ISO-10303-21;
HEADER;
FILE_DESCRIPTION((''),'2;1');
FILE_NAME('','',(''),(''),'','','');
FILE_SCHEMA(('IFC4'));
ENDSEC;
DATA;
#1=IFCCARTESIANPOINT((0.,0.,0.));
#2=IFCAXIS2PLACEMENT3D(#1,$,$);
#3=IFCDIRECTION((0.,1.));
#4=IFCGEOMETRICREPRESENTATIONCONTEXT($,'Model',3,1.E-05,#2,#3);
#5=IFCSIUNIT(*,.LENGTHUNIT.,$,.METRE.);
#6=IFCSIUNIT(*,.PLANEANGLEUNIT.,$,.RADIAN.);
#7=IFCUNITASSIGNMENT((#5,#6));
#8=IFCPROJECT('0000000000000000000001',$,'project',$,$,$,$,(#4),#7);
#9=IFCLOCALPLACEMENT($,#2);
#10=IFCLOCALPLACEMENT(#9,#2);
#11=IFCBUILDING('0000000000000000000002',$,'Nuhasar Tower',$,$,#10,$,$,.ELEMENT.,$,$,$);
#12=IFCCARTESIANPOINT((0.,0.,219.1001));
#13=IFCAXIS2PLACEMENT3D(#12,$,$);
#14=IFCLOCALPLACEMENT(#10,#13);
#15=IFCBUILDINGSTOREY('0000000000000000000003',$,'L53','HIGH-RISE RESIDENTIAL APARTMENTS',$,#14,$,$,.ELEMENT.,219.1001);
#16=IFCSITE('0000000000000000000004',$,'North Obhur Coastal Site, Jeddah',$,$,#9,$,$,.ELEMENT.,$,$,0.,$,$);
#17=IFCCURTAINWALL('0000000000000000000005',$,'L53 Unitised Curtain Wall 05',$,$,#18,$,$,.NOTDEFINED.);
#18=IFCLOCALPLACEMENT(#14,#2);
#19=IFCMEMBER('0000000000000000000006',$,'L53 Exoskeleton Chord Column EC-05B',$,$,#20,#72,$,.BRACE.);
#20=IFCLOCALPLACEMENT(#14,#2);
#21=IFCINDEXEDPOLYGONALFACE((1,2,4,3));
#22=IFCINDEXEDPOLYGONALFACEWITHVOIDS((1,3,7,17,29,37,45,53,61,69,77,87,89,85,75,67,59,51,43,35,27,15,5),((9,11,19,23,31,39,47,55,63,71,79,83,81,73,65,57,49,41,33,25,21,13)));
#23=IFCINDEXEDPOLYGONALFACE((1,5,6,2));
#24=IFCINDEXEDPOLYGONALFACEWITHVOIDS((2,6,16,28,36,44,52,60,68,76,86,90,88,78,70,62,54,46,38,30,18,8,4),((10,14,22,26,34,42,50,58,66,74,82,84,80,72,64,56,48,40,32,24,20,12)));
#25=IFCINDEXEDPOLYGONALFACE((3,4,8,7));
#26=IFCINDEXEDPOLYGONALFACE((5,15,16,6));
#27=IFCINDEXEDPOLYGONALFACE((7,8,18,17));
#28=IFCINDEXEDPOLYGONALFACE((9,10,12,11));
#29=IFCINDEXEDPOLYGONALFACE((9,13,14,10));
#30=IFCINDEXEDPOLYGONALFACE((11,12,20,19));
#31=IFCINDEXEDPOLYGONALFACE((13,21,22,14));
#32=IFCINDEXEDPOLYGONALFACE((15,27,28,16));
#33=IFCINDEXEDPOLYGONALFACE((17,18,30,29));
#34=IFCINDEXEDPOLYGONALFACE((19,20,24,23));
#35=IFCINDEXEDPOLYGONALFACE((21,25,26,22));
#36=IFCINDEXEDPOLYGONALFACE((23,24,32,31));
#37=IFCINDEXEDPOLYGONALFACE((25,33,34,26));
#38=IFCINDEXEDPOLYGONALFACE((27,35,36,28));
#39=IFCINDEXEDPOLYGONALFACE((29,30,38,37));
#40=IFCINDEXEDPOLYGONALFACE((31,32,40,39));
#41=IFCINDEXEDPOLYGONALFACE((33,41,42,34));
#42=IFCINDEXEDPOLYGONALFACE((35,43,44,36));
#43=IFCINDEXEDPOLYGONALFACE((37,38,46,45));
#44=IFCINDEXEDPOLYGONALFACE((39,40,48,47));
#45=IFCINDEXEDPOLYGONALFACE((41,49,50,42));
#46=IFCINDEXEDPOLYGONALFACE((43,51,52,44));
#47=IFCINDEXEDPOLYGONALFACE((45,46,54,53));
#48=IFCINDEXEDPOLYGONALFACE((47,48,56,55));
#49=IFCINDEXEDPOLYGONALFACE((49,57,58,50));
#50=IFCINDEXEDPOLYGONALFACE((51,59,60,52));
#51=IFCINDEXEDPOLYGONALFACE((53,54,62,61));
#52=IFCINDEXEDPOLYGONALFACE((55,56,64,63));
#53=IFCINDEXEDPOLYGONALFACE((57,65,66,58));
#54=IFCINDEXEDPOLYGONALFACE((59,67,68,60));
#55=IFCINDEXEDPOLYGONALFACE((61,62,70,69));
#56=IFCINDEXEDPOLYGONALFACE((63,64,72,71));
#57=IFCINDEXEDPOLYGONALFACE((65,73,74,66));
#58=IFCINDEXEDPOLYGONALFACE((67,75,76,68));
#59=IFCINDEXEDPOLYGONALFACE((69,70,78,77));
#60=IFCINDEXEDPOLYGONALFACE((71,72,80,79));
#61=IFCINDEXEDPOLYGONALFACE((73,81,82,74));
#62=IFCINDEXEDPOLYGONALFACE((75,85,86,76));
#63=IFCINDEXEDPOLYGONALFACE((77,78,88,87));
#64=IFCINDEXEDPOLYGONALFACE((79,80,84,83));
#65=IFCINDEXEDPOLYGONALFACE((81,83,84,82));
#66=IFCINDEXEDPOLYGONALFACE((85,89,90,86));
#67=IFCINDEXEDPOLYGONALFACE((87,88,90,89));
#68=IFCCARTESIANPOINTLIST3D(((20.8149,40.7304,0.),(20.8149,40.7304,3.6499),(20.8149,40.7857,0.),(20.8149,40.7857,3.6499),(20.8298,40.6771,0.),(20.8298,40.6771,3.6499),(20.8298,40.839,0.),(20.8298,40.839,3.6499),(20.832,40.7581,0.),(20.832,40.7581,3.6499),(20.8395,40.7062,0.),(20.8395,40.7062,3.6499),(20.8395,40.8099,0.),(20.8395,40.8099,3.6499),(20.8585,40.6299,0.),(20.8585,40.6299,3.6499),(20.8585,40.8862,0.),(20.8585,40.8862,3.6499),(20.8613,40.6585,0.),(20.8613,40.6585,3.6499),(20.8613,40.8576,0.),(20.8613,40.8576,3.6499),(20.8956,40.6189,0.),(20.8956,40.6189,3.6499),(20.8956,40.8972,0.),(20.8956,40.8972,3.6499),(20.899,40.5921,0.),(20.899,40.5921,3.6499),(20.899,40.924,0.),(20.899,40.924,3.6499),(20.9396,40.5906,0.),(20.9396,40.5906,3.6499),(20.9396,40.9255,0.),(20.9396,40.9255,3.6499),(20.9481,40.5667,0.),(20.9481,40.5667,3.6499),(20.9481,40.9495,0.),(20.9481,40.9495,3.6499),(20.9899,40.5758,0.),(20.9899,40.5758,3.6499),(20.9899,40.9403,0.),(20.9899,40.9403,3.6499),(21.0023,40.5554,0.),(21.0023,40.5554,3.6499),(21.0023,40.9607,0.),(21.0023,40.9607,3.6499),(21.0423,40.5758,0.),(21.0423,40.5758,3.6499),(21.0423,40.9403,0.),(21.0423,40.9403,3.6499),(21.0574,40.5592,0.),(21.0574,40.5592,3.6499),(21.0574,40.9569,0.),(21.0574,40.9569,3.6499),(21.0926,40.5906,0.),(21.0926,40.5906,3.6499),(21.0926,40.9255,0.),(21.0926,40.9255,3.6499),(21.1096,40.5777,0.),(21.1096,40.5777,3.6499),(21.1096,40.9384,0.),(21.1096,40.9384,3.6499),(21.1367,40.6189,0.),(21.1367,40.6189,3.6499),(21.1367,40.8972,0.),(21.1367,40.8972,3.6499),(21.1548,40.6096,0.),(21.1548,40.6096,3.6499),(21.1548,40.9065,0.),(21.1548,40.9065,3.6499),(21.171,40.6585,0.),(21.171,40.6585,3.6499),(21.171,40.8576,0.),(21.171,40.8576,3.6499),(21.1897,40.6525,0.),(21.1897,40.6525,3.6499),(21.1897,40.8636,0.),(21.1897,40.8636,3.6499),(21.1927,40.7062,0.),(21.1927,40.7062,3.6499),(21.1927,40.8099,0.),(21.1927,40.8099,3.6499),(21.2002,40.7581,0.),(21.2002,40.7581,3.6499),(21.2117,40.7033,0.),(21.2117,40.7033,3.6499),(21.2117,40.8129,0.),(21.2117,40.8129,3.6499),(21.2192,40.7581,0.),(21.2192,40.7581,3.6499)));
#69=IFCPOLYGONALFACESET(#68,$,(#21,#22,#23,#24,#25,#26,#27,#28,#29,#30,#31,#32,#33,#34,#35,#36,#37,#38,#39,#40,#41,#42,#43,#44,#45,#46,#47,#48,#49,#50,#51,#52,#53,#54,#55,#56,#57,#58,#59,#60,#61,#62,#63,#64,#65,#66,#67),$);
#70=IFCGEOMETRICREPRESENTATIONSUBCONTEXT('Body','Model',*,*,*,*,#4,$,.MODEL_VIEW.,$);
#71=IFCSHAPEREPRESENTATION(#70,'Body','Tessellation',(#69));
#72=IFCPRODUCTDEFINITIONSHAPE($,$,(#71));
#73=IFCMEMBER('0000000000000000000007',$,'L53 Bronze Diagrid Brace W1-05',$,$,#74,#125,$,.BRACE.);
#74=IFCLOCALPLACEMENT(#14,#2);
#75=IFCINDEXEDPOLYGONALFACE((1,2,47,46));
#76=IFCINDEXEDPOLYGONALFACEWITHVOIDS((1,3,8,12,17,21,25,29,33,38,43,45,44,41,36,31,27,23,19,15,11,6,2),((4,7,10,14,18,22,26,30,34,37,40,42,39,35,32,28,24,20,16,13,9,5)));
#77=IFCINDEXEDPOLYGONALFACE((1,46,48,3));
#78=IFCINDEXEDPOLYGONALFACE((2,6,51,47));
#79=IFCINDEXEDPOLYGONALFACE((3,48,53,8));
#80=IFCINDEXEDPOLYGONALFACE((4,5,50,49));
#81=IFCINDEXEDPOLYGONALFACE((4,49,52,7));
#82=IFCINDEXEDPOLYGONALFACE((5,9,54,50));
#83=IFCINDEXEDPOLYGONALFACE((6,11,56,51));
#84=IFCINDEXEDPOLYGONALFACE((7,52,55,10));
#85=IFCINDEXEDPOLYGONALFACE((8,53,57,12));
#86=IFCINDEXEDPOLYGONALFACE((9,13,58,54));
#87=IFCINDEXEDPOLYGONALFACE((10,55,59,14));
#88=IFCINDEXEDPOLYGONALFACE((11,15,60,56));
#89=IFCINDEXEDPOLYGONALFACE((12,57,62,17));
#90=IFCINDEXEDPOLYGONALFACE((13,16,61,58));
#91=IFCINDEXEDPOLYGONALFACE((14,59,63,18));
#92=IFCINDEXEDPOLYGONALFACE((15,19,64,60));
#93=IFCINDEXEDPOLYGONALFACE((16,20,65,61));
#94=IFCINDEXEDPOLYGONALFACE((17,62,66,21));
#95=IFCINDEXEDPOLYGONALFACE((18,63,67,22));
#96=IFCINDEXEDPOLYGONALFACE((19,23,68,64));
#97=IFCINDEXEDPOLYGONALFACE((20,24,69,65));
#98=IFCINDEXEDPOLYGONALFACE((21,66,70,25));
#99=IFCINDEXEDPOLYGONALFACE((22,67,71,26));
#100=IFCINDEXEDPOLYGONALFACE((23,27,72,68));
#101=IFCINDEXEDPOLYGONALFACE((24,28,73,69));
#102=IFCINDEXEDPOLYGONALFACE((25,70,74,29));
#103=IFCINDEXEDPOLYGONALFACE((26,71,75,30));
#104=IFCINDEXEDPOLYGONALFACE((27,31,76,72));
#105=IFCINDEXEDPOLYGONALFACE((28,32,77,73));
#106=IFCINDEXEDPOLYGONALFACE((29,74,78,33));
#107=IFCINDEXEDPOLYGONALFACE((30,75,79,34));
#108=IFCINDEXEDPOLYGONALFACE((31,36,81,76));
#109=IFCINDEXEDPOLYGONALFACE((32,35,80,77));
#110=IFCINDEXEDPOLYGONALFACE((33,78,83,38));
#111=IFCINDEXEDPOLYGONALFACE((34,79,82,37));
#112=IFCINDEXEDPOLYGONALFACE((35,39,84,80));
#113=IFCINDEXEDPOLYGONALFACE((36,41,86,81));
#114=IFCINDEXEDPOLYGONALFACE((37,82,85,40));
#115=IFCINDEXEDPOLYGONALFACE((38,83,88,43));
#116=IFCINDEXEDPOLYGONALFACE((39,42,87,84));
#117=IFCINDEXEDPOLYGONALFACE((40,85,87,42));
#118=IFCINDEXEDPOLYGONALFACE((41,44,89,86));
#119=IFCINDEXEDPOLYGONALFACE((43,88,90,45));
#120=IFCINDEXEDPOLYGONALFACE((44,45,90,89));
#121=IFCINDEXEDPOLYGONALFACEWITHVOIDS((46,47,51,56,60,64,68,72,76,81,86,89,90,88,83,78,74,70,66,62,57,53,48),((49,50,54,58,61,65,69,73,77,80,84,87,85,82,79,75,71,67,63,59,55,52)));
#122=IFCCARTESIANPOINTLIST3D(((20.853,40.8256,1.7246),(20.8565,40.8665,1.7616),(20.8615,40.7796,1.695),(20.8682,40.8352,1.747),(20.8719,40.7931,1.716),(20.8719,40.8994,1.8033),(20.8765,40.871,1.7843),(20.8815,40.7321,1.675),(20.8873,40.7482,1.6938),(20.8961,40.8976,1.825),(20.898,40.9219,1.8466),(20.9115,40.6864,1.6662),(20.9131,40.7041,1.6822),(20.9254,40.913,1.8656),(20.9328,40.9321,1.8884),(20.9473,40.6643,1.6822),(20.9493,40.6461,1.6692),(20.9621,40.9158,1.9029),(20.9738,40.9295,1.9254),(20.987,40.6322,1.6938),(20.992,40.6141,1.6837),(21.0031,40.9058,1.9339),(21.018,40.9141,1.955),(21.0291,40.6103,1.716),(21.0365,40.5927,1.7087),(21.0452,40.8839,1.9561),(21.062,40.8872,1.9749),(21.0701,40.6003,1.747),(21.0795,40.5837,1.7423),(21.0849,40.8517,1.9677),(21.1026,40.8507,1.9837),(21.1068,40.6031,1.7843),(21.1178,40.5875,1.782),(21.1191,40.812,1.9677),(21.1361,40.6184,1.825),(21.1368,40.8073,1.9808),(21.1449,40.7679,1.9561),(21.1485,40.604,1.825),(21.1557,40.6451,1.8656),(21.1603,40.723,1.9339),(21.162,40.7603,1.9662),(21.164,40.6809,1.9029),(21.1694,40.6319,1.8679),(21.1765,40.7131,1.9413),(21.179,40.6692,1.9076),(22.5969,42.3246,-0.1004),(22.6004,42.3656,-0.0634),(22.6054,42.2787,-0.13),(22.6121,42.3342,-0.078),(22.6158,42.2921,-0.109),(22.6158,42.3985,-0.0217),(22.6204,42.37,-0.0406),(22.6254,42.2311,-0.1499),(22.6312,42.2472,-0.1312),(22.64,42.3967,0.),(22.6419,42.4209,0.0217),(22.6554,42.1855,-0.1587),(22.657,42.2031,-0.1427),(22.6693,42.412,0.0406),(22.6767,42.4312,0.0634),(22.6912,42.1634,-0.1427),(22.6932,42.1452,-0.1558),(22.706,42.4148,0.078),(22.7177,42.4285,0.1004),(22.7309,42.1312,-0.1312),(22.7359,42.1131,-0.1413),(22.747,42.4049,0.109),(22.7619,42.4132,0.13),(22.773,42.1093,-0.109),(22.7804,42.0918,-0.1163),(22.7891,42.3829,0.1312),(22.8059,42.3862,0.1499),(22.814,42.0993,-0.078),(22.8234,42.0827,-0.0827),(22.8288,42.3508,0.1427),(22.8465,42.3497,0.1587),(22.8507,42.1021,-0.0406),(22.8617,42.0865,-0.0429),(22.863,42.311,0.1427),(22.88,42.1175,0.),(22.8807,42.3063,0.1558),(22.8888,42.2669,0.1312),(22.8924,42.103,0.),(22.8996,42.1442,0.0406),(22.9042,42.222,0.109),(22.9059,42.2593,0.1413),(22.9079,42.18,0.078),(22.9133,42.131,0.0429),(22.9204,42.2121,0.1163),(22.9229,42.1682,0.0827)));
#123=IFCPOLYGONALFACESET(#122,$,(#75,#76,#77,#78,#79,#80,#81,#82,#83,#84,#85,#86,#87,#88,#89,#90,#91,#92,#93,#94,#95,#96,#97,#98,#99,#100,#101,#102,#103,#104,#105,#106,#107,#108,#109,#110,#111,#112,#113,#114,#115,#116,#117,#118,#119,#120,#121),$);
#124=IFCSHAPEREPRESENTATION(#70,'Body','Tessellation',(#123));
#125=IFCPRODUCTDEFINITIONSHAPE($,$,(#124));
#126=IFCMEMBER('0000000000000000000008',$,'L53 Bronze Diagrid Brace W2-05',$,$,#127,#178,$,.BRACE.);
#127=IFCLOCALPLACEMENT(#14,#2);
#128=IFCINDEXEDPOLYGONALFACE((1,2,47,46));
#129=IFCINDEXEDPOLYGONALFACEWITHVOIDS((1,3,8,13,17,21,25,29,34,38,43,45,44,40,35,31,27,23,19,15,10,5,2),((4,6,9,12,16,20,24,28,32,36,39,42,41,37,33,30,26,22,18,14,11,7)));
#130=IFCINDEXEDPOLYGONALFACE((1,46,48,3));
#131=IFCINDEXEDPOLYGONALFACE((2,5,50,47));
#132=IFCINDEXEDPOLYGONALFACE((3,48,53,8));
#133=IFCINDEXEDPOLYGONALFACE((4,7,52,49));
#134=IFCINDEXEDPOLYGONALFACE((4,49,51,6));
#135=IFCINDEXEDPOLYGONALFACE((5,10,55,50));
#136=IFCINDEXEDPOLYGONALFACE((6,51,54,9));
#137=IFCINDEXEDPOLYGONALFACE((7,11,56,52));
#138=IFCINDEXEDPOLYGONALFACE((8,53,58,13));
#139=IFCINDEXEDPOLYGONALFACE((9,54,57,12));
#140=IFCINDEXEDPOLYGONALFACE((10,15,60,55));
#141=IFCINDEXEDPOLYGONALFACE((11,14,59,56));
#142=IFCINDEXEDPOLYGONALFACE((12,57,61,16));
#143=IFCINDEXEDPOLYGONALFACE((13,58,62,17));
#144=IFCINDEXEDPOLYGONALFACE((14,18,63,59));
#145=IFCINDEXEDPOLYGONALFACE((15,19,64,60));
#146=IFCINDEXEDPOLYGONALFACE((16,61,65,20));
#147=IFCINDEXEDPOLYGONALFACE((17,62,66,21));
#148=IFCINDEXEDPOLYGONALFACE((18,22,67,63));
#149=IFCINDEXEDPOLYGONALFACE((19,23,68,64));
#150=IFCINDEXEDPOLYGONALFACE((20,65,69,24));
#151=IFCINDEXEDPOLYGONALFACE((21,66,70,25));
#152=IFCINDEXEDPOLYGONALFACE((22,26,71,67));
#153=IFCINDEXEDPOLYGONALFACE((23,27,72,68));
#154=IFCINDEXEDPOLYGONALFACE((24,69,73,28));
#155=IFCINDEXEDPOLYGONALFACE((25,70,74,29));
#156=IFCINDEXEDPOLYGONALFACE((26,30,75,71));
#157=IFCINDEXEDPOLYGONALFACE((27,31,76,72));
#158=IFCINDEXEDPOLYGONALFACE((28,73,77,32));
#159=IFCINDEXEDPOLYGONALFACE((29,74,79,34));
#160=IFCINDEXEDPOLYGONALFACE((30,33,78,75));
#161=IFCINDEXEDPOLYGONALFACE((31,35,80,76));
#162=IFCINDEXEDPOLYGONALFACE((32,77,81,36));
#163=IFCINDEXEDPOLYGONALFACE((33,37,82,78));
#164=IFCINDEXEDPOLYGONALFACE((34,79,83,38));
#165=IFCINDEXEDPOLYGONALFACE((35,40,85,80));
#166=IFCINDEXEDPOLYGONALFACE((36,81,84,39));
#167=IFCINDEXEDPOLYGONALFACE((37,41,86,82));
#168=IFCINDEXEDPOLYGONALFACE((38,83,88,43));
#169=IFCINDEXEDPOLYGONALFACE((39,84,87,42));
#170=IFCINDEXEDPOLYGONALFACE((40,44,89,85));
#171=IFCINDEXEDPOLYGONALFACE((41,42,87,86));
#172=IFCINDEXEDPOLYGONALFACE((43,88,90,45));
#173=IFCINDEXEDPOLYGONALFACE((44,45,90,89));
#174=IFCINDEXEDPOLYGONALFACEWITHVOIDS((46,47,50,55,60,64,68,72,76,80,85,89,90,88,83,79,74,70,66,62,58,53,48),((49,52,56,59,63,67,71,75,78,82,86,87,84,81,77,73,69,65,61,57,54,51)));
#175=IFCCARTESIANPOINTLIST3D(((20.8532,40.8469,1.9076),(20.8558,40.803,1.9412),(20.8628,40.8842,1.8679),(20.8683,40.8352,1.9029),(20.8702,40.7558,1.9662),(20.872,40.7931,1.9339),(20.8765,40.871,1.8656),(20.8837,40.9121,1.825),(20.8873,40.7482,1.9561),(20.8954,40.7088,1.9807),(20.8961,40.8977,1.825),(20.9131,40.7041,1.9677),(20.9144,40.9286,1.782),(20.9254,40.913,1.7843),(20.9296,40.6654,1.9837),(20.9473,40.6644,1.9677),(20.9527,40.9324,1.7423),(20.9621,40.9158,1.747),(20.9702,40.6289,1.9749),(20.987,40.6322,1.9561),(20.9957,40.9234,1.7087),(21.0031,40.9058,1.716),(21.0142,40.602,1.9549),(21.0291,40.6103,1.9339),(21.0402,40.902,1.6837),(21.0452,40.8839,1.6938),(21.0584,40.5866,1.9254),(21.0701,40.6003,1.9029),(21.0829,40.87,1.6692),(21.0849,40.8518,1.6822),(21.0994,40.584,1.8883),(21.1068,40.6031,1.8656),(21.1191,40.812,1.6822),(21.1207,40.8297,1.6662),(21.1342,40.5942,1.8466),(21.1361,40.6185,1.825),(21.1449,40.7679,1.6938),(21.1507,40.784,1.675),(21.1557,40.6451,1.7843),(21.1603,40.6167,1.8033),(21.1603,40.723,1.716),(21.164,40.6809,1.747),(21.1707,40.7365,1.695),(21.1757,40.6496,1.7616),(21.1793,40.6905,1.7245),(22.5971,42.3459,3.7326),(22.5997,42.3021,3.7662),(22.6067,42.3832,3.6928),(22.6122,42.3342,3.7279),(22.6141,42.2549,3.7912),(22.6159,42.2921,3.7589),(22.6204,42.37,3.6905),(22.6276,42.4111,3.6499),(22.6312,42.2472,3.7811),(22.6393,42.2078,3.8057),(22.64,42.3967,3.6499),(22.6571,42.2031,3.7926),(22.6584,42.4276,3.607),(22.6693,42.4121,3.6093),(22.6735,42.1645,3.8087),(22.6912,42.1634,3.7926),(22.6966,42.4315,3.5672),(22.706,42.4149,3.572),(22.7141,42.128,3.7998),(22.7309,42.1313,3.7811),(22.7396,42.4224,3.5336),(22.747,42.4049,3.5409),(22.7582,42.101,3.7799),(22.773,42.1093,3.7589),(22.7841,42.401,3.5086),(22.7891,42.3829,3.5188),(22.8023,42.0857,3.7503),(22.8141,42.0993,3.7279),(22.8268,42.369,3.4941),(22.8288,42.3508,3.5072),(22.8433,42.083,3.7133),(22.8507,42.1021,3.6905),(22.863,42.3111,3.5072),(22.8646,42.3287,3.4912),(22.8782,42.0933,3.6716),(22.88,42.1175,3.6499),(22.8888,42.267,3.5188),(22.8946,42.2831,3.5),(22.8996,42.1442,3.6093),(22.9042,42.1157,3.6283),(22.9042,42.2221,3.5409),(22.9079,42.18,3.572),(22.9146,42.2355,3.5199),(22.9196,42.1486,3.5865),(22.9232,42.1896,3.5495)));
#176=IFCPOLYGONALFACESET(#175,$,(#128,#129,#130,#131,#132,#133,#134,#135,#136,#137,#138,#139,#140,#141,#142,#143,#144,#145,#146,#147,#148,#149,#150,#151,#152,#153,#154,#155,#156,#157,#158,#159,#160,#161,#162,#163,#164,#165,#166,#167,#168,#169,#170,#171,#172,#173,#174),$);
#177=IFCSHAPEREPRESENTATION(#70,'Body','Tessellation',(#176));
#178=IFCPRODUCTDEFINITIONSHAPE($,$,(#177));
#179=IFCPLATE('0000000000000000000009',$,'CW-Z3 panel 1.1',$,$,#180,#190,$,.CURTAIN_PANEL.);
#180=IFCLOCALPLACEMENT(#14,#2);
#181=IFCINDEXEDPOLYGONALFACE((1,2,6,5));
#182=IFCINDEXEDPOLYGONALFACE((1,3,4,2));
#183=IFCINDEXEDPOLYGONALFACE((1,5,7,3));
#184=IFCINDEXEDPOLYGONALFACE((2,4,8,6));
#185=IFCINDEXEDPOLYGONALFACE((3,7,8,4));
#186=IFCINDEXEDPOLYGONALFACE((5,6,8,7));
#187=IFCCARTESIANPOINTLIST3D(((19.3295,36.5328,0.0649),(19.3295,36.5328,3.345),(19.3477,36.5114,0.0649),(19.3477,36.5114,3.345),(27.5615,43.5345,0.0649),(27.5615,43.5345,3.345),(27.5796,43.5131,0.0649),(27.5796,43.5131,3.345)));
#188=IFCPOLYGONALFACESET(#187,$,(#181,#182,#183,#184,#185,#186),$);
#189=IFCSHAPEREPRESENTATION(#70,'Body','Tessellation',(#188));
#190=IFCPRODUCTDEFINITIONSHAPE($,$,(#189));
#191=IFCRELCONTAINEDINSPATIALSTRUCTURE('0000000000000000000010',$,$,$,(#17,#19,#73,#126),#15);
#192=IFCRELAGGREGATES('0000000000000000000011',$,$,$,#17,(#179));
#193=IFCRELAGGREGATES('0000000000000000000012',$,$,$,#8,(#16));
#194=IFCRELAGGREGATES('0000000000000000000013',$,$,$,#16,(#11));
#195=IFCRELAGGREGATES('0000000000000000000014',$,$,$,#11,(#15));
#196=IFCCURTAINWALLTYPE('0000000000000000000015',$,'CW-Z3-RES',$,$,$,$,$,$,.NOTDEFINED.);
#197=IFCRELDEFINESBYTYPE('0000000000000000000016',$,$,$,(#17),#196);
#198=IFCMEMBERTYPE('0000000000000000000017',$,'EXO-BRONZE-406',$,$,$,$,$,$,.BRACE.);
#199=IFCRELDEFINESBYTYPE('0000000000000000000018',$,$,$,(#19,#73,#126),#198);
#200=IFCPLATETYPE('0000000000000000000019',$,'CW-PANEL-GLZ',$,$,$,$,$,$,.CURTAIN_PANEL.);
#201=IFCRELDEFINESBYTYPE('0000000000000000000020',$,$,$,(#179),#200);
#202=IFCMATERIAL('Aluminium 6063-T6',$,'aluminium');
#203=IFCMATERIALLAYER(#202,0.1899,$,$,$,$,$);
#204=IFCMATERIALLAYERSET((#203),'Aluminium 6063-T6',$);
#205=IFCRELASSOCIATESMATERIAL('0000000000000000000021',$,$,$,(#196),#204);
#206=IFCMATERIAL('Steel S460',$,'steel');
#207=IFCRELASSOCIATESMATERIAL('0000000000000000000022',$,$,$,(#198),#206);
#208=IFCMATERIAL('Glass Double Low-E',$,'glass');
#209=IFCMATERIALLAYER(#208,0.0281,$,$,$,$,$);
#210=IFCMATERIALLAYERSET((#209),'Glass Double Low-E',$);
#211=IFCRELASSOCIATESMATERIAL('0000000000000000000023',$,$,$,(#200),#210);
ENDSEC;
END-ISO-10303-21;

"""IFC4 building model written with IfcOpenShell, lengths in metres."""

from ifc_helpers import new_model, si_unit, direction, frame, origin, origin_2d, place, context, subcontext, project, spatial, rectangle, hollow_circle, extrude, material, layer, layer_set, material_profile, profile_set, type_object, element, aggregate, save


model = new_model("IFC4")

# Units and contexts
model_context = context("Model", 3, precision=1e-05, world=origin(), true_north=direction((0.0, 1.0)))
body_context = subcontext(model_context, "Body", "Model", "MODEL_VIEW")
ifc_project = project(units=[si_unit("LENGTHUNIT", "METRE"), si_unit("PLANEANGLEUNIT", "RADIAN")], contexts=[model_context])

# Site, building, storey
site_placement = place(None, origin())
site = spatial("IfcSite", under=ifc_project, at=site_placement, Name="North Obhur Coastal Site, Jeddah", CompositionType="ELEMENT", RefElevation=0.0)
building_placement = place(site_placement, origin())
building = spatial("IfcBuilding", under=site, at=building_placement, Name="Nuhasar Tower", CompositionType="ELEMENT")
storey_placement = place(building_placement, frame((0.0, 0.0, 219.1001)))
storey = spatial("IfcBuildingStorey", under=building, at=storey_placement, Name="L53", Description="HIGH-RISE RESIDENTIAL APARTMENTS", CompositionType="ELEMENT", Elevation=219.1001)

# Shared definitions
ifc_material_1 = material(Name="Aluminium 6063-T6", Category="aluminium")
ifc_layer_1 = layer(ifc_material_1, 0.1899)
ifc_layer_set_1 = layer_set([ifc_layer_1], Name="Aluminium 6063-T6")
curtain_wall_type = type_object("IfcCurtainWallType", Name="CW-Z3-RES", PredefinedType="NOTDEFINED", material=ifc_layer_set_1)

# Curtain wall
curtain_wall_1_placement = place(storey_placement, origin())
curtain_wall_1 = element("IfcCurtainWall", 1, at=curtain_wall_1_placement, inside=storey, type_object=curtain_wall_type, Name="L53 Unitised Curtain Wall 05", PredefinedType="NOTDEFINED")

# Members
ifc_material_2 = material(Name="Steel S460", Category="steel")
ifc_material_profile_1 = material_profile(ifc_material_2, hollow_circle(Radius=0.2031, WallThickness=0.019, at=origin_2d()), Name="HSS406.4X19.1")
ifc_profile_set_1 = profile_set([ifc_material_profile_1], Name="Steel S460")
member_type_1 = type_object("IfcMemberType", Name="EXO-BRONZE-406", PredefinedType="BRACE", material=ifc_profile_set_1)
for number, where, z_axis, x_axis, name in (
    (2, (21.0161, 40.7581, 0.0), (0.0, 0.0, 1.0), (1.0, 0.0, 0.0), "L53 Exoskeleton Chord Column EC-05B"),
):
    element("IfcMember", number, at=place(storey_placement, frame(where, z_axis=z_axis, x_axis=x_axis)), inside=storey, type_object=member_type_1, Name=name, PredefinedType="BRACE", context=body_context, shape_type="SweptSolid", body=[
        extrude(hollow_circle(Radius=0.2031, WallThickness=0.019, at=origin_2d()), origin(), (0.0, 0.0, 1.0), 3.6499),
    ])
for number, where, z_axis, x_axis, name in (
    (3, (22.76, 42.2571, 0.0), (-0.594019, -0.510608, 0.621628), (0.651857, -0.758342, 0.0), "L53 Bronze Diagrid Brace W1-05"),
    (4, (21.0161, 40.7581, 1.825), (0.594019, 0.510608, 0.621628), (-0.651857, 0.758342, 0.0), "L53 Bronze Diagrid Brace W2-05"),
):
    element("IfcMember", number, at=place(storey_placement, frame(where, z_axis=z_axis, x_axis=x_axis)), inside=storey, type_object=member_type_1, Name=name, PredefinedType="BRACE", context=body_context, shape_type="SweptSolid", body=[
        extrude(hollow_circle(Radius=0.2031, WallThickness=0.019, at=origin_2d()), origin(), (0.0, 0.0, 1.0), 2.9358),
    ])

# Plate
ifc_material_3 = material(Name="Glass Double Low-E", Category="glass")
ifc_layer_2 = layer(ifc_material_3, 0.0281)
ifc_layer_set_2 = layer_set([ifc_layer_2], Name="Glass Double Low-E")
plate_type = type_object("IfcPlateType", Name="CW-PANEL-GLZ", PredefinedType="CURTAIN_PANEL", material=ifc_layer_set_2)
plate_placement = place(storey_placement, frame((23.4546, 40.0229, 0.0649), z_axis=(0.0, 0.0, 1.0), x_axis=(-0.761729, -0.647895, 0.0)))
plate = element("IfcPlate", 5, at=plate_placement, type_object=plate_type, Name="CW-Z3 panel 1.1", PredefinedType="CURTAIN_PANEL", context=body_context, shape_type="SweptSolid", body=[
    extrude(rectangle(XDim=10.8069, YDim=0.0281, at=origin_2d()), origin(), (0.0, 0.0, 1.0), 3.28),
])
aggregate(curtain_wall_1, [plate])

save(model, "model.ifc")
